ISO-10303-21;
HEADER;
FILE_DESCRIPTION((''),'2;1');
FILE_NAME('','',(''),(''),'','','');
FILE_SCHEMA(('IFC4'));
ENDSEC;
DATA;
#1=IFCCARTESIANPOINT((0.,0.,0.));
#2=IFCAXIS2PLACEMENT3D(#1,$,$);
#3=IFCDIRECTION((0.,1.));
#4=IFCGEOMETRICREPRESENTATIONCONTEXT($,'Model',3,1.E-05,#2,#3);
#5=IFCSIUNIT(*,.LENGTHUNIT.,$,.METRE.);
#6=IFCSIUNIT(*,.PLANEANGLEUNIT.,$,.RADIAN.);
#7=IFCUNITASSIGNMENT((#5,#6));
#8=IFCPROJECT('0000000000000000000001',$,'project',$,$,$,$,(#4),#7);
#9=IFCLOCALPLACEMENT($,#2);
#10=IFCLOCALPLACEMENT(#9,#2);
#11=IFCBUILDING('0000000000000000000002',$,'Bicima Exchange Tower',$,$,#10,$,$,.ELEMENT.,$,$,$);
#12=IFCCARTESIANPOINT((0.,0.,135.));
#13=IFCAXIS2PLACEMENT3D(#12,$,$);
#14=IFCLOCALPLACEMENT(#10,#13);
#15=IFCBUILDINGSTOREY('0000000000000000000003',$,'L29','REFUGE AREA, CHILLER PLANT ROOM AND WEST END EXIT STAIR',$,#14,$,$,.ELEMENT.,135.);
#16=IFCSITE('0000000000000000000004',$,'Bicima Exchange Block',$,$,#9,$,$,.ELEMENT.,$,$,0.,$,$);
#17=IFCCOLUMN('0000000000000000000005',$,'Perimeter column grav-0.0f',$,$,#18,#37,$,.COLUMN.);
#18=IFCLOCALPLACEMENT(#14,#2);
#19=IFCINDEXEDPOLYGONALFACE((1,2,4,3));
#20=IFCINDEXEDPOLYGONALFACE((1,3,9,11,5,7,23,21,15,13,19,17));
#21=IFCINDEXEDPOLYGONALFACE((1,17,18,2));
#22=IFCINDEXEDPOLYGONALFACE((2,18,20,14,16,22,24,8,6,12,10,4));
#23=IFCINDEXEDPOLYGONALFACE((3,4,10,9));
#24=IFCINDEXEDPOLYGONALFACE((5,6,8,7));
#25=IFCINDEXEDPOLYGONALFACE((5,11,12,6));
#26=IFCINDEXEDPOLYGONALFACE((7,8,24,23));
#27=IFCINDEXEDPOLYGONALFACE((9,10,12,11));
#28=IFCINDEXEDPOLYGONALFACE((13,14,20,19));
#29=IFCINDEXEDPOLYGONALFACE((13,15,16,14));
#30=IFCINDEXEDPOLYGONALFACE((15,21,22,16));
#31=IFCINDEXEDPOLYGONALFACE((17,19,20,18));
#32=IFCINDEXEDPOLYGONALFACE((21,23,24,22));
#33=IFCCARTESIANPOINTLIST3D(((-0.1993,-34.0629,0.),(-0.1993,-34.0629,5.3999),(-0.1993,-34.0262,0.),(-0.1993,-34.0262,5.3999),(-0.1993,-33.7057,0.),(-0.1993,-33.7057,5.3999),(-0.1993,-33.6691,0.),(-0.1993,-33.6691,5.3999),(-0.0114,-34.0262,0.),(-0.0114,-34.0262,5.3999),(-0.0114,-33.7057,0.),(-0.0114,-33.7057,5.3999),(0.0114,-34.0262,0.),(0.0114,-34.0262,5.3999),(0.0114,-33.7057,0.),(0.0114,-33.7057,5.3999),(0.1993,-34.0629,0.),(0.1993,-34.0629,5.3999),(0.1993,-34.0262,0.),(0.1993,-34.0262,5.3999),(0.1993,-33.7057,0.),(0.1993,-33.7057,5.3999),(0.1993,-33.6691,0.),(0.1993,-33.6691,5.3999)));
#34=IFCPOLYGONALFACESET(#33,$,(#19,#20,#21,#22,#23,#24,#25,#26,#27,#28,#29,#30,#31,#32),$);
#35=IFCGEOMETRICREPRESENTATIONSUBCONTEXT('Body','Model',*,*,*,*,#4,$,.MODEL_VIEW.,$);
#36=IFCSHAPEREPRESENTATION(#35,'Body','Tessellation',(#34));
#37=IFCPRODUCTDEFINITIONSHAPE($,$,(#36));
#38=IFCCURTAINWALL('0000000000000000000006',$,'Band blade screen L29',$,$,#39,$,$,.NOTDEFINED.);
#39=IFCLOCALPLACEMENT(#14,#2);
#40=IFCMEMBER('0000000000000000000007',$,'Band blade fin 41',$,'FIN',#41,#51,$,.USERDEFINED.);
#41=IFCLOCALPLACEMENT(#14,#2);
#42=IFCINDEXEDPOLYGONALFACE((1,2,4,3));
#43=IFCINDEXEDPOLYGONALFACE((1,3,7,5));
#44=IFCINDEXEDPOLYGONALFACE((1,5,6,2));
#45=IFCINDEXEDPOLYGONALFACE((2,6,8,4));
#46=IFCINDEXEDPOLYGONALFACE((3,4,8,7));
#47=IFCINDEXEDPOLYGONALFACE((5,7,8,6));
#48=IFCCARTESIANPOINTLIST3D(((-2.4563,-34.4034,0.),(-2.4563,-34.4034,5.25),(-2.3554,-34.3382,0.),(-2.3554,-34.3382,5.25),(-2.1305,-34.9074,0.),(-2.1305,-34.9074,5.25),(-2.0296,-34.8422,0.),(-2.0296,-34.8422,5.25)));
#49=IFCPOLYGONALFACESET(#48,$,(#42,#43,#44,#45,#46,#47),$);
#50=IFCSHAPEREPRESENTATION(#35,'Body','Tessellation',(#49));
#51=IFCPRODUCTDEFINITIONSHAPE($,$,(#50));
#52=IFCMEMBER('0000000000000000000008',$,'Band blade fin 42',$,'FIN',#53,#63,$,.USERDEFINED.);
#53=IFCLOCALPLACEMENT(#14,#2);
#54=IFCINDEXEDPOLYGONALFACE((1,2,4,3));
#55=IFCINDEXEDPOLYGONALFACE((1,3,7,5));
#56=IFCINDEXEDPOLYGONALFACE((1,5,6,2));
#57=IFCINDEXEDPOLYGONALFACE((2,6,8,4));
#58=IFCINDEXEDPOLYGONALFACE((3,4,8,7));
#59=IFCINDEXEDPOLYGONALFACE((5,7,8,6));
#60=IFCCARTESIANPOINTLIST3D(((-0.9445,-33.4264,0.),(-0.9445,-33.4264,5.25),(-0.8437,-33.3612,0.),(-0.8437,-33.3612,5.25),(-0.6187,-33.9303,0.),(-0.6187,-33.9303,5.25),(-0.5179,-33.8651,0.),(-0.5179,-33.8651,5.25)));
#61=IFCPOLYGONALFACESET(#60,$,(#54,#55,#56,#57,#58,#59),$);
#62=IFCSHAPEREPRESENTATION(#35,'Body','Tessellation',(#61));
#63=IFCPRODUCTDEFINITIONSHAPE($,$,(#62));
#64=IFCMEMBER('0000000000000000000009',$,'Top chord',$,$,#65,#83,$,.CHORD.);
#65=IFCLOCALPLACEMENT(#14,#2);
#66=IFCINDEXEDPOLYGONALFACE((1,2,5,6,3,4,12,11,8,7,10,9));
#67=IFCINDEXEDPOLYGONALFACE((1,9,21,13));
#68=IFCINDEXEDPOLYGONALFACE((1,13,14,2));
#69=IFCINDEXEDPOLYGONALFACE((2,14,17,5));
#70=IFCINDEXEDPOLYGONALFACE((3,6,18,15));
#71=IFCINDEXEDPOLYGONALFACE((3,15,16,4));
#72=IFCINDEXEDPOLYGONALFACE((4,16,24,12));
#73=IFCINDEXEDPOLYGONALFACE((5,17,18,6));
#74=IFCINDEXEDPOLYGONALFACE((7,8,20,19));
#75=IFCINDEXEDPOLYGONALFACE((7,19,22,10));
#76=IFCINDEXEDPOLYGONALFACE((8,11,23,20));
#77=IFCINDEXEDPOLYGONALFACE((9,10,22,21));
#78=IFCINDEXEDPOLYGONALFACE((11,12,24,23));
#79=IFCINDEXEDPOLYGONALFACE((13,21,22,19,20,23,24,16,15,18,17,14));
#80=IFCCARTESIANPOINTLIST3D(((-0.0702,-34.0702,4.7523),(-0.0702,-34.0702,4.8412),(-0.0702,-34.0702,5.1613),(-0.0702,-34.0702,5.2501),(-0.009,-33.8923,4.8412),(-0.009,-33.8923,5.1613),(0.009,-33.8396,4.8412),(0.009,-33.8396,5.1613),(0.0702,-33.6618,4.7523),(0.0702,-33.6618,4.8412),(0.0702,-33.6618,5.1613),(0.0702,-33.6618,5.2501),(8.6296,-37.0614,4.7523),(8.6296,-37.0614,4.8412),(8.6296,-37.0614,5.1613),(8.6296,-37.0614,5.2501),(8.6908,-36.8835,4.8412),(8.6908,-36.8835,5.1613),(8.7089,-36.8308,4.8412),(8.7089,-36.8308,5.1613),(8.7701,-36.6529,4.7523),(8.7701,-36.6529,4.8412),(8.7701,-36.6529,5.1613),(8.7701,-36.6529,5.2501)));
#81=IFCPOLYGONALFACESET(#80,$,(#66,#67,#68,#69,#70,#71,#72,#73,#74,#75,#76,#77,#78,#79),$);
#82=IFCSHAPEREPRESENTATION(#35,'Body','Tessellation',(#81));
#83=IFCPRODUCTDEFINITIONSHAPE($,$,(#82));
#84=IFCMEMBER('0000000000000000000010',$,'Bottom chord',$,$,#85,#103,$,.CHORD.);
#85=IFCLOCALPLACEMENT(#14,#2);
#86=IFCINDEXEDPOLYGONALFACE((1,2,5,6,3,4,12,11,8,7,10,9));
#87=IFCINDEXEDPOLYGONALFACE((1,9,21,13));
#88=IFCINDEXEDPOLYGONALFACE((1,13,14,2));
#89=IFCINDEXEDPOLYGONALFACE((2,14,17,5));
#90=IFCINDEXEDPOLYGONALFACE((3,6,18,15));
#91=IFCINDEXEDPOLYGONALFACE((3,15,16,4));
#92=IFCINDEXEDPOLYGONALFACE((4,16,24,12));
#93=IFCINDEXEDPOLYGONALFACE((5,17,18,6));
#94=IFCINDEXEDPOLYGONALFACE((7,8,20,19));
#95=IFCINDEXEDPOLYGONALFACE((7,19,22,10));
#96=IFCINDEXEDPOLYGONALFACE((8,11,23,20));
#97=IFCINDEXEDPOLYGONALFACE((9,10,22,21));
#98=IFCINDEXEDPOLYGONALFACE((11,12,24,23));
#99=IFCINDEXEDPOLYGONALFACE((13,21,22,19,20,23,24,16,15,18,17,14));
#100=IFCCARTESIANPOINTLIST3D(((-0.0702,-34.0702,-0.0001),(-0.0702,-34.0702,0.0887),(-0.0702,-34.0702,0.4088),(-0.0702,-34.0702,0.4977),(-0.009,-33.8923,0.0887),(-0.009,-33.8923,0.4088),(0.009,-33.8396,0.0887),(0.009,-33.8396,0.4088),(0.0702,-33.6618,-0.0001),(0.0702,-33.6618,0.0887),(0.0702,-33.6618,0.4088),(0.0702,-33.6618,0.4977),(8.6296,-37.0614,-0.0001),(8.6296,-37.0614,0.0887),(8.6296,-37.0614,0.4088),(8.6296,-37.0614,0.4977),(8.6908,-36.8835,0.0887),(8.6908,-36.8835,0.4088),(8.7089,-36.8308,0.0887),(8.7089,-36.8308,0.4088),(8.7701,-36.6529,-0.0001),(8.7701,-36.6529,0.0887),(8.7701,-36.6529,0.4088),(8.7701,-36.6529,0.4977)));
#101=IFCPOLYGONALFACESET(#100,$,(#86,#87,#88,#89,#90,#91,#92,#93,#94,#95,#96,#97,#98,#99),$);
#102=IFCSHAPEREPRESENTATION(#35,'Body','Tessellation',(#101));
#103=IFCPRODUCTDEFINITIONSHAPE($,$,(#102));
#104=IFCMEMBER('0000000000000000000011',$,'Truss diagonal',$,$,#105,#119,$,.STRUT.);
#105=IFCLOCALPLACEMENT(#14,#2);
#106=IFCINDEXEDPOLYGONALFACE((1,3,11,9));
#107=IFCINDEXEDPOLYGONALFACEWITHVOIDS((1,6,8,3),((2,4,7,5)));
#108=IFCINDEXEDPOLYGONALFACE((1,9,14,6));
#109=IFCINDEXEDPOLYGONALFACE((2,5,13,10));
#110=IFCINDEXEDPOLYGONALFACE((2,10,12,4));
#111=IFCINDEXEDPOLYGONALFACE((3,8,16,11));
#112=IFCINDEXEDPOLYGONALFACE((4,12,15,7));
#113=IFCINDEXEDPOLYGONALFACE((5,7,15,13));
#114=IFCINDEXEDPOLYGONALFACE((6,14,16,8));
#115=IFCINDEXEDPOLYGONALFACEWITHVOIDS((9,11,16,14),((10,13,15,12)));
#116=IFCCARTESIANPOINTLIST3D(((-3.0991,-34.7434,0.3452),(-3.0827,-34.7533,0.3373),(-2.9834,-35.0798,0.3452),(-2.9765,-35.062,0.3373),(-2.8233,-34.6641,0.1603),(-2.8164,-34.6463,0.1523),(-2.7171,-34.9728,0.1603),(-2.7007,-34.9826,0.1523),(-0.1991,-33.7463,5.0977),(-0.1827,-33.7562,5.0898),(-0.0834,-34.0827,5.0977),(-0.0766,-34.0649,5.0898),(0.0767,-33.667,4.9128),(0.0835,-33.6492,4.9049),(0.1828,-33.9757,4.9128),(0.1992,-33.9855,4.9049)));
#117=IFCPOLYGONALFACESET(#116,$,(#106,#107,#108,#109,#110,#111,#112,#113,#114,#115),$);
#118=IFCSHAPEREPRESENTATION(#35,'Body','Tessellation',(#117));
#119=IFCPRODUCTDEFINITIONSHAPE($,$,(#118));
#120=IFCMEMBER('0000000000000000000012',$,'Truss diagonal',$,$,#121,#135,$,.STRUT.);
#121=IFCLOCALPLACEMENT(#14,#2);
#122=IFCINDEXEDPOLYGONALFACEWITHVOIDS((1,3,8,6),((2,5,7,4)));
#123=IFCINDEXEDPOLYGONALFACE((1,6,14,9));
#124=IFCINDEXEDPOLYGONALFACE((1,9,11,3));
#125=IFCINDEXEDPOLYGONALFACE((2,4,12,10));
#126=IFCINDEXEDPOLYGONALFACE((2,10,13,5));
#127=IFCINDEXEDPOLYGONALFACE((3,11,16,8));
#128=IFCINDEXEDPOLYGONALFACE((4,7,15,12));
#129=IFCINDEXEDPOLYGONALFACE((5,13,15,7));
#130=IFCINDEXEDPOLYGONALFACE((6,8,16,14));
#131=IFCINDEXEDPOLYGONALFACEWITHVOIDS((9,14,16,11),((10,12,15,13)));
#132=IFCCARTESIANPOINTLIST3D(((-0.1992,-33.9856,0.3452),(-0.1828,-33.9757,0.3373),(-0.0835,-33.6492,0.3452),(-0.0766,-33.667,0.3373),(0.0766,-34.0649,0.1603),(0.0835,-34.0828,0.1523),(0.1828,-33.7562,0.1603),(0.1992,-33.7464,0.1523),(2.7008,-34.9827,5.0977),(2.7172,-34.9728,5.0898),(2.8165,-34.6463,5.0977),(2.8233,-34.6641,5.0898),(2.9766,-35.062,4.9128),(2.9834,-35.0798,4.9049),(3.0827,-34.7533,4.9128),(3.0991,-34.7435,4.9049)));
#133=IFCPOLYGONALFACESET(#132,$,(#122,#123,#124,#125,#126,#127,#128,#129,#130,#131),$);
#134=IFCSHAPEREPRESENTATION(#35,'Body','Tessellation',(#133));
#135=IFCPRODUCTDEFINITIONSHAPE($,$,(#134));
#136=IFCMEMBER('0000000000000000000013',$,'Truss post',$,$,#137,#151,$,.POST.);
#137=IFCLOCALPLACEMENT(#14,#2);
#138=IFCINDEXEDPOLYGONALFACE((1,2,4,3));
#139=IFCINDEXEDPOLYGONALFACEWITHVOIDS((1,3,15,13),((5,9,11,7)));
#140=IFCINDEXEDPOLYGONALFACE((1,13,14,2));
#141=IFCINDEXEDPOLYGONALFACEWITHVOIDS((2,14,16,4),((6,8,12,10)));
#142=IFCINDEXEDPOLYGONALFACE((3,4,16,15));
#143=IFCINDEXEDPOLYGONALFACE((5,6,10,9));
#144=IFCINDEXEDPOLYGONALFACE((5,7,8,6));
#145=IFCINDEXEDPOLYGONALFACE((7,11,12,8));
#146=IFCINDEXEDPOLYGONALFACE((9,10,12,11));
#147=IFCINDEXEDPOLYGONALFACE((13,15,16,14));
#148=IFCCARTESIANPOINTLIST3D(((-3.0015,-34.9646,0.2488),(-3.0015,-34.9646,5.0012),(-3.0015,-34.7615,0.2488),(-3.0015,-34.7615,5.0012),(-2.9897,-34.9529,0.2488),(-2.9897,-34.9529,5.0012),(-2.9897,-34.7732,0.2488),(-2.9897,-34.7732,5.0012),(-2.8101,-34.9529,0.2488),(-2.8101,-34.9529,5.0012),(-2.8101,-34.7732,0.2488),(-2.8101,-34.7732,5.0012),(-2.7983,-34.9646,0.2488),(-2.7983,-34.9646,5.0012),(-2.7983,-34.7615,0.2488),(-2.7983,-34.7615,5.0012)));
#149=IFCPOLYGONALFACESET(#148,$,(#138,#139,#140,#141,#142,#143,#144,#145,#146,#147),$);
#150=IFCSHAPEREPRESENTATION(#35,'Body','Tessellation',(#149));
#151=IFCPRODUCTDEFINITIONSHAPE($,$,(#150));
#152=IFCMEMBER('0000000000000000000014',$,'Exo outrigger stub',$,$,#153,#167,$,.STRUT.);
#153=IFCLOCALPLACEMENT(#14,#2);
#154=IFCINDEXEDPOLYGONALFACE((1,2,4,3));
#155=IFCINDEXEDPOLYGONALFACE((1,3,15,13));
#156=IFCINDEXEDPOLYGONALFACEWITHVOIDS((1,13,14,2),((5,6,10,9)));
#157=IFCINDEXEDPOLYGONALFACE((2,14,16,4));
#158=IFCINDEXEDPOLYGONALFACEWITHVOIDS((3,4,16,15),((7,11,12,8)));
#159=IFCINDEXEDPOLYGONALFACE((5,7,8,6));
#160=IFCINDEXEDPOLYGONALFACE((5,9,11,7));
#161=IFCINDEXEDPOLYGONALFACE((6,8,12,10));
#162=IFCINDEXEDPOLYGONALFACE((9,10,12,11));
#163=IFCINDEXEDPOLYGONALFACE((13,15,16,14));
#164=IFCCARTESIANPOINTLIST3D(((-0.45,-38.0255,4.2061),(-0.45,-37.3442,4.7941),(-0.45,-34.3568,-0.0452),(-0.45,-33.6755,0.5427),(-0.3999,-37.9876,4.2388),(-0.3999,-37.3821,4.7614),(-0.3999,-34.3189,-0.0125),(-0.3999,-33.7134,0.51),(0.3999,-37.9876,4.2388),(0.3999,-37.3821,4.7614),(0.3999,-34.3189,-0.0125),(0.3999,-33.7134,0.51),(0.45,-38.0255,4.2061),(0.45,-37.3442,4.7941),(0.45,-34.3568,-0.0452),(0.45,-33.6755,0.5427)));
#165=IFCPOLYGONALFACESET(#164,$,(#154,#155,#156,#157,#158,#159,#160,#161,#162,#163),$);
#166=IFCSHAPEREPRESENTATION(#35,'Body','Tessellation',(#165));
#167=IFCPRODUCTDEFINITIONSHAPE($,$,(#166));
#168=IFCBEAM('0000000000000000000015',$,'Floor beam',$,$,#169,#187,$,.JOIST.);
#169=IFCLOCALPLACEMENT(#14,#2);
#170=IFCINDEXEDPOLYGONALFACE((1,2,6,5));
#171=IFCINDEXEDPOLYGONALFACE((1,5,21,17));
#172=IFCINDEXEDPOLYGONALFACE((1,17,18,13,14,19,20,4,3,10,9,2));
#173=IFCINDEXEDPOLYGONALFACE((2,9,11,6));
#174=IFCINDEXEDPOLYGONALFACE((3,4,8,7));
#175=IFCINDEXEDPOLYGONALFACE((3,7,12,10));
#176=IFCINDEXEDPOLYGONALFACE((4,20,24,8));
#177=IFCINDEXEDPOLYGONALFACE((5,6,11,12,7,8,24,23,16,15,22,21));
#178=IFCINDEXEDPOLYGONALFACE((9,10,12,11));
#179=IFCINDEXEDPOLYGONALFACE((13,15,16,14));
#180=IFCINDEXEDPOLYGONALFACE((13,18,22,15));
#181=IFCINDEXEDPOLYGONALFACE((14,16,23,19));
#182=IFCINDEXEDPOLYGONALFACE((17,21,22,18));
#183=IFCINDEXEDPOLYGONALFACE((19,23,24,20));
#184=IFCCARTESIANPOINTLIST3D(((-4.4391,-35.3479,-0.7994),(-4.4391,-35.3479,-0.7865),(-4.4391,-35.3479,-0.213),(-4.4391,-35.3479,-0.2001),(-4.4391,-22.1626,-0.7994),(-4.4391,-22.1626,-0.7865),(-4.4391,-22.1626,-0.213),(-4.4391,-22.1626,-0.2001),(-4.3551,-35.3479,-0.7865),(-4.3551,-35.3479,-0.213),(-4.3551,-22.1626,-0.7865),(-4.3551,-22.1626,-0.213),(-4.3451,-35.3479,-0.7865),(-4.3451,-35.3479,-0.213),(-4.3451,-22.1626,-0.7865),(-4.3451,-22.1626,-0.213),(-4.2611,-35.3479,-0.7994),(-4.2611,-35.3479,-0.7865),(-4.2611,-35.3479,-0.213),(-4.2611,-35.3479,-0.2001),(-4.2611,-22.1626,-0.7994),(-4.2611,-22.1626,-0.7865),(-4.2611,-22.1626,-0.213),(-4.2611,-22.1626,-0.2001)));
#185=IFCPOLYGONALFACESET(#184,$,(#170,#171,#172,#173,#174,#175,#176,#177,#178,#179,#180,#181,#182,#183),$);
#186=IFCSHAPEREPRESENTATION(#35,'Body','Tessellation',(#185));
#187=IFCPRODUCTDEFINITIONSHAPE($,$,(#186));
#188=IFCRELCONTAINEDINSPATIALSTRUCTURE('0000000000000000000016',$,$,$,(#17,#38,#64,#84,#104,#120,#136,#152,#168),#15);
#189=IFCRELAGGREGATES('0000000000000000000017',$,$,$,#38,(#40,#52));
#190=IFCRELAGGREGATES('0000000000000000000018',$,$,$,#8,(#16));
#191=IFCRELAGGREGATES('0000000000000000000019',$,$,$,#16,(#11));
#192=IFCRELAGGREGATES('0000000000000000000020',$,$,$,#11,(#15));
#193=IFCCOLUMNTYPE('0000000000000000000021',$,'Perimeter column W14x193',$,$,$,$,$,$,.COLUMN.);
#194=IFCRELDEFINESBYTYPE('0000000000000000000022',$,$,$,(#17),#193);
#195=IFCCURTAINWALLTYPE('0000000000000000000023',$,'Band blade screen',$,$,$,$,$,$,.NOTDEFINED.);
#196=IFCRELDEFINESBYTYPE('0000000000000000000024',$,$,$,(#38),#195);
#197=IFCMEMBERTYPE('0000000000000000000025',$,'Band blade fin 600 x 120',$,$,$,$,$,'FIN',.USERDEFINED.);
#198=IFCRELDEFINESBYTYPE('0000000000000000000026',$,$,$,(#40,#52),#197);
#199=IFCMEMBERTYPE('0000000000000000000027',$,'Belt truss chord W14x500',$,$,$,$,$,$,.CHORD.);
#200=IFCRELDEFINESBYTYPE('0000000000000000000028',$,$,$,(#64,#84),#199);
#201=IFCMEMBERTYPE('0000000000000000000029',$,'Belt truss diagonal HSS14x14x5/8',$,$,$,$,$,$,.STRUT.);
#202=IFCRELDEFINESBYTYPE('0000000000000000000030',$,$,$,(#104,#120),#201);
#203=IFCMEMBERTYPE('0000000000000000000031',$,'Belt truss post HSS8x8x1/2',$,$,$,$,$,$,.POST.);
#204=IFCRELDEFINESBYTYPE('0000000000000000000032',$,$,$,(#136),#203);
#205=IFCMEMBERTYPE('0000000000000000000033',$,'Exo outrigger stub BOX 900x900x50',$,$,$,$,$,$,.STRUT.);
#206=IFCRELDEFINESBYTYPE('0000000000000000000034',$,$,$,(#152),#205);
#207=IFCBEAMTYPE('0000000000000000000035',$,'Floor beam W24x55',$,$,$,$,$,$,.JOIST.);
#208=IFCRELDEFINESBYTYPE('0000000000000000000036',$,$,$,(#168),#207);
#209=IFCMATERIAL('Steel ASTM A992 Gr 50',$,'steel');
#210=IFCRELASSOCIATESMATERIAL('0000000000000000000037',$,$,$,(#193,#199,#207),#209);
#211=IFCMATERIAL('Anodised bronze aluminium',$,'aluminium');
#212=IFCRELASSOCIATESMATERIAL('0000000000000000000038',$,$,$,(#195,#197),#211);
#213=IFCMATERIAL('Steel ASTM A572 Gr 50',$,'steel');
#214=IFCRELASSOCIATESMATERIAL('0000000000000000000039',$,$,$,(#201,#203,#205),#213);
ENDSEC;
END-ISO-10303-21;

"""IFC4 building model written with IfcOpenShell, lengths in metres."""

from ifc_helpers import new_model, si_unit, direction, frame, origin, origin_2d, place, context, subcontext, project, spatial, rectangle, hollow_rectangle, i_section, extrude, material, material_profile, profile_set, type_object, element, aggregate, save


model = new_model("IFC4")

# Units and contexts
model_context = context("Model", 3, precision=1e-05, world=origin(), true_north=direction((0.0, 1.0)))
body_context = subcontext(model_context, "Body", "Model", "MODEL_VIEW")
ifc_project = project(units=[si_unit("LENGTHUNIT", "METRE"), si_unit("PLANEANGLEUNIT", "RADIAN")], contexts=[model_context])

# Site, building, storey
site_placement = place(None, origin())
site = spatial("IfcSite", under=ifc_project, at=site_placement, Name="Bicima Exchange Block", CompositionType="ELEMENT", RefElevation=0.0)
building_placement = place(site_placement, origin())
building = spatial("IfcBuilding", under=site, at=building_placement, Name="Bicima Exchange Tower", CompositionType="ELEMENT")
storey_placement = place(building_placement, frame((0.0, 0.0, 135.0)))
storey = spatial("IfcBuildingStorey", under=building, at=storey_placement, Name="L29", Description="REFUGE AREA, CHILLER PLANT ROOM AND WEST END EXIT STAIR", CompositionType="ELEMENT", Elevation=135.0)

# Column
ifc_material_1 = material(Name="Steel ASTM A992 Gr 50", Category="steel")
ifc_material_profile_1 = material_profile(ifc_material_1, i_section(OverallWidth=0.3987, OverallDepth=0.3938, WebThickness=0.0227, FlangeThickness=0.0366, at=origin_2d()))
ifc_profile_set_1 = profile_set([ifc_material_profile_1], Name="Steel ASTM A992 Gr 50")
column_type = type_object("IfcColumnType", Name="Perimeter column W14x193", PredefinedType="COLUMN", material=ifc_profile_set_1)
column_placement = place(storey_placement, frame((0.0, -33.866, 0.0), z_axis=(0.0, 0.0, 1.0), x_axis=(1.0, 0.0, 0.0)))
element("IfcColumn", 1, at=column_placement, inside=storey, type_object=column_type, Name="Perimeter column grav-0.0f", PredefinedType="COLUMN", context=body_context, shape_type="SweptSolid", body=[
    extrude(i_section(OverallWidth=0.3987, OverallDepth=0.3938, WebThickness=0.0227, FlangeThickness=0.0366, at=origin_2d()), origin(), (0.0, 0.0, 1.0), 5.3999),
])

# Curtain wall, members
ifc_material_2 = material(Name="Anodised bronze aluminium", Category="aluminium")
curtain_wall_type = type_object("IfcCurtainWallType", Name="Band blade screen", PredefinedType="NOTDEFINED", material=ifc_material_2)
curtain_wall_placement = place(storey_placement, origin())
curtain_wall = element("IfcCurtainWall", 2, at=curtain_wall_placement, inside=storey, type_object=curtain_wall_type, Name="Band blade screen L29", PredefinedType="NOTDEFINED")
ifc_material_profile_2 = material_profile(ifc_material_2, rectangle(XDim=0.6001, YDim=0.1201, at=origin_2d()))
ifc_profile_set_2 = profile_set([ifc_material_profile_2], Name="Anodised bronze aluminium")
member_type_1 = type_object("IfcMemberType", Name="Band blade fin 600 x 120", ElementType="FIN", PredefinedType="USERDEFINED", material=ifc_profile_set_2)
member_1_placement = place(storey_placement, frame((-2.2429, -34.6228, 0.0), z_axis=(0.0, 0.0, 1.0), x_axis=(-0.542909, 0.839791, 0.0)))
member_1 = element("IfcMember", 3, at=member_1_placement, type_object=member_type_1, Name="Band blade fin 41", ObjectType="FIN", PredefinedType="USERDEFINED", context=body_context, shape_type="SweptSolid", body=[
    extrude(rectangle(XDim=0.6001, YDim=0.1201, at=origin_2d()), origin(), (0.0, 0.0, 1.0), 5.25),
])
member_2_placement = place(storey_placement, frame((-0.7312, -33.6458, 0.0), z_axis=(0.0, 0.0, 1.0), x_axis=(-0.542909, 0.839791, 0.0)))
member_2 = element("IfcMember", 4, at=member_2_placement, type_object=member_type_1, Name="Band blade fin 42", ObjectType="FIN", PredefinedType="USERDEFINED", context=body_context, shape_type="SweptSolid", body=[
    extrude(rectangle(XDim=0.6001, YDim=0.1201, at=origin_2d()), origin(), (0.0, 0.0, 1.0), 5.25),
])
aggregate(curtain_wall, [member_1, member_2])

# Members
ifc_material_profile_3 = material_profile(ifc_material_1, i_section(OverallWidth=0.4319, OverallDepth=0.4978, WebThickness=0.0557, FlangeThickness=0.0889, at=origin_2d()))
ifc_profile_set_3 = profile_set([ifc_material_profile_3], Name="Steel ASTM A992 Gr 50")
member_type_2 = type_object("IfcMemberType", Name="Belt truss chord W14x500", PredefinedType="CHORD", material=ifc_profile_set_3)
for number, where, z_axis, x_axis, name in (
    (5, (0.0, -33.866, 5.0012), (0.945666, -0.325138, 0.0), (0.325138, 0.945666, 0.0), "Top chord"),
    (6, (0.0, -33.866, 0.2488), (0.945666, -0.325138, 0.0), (0.325138, 0.945666, 0.0), "Bottom chord"),
):
    element("IfcMember", number, at=place(storey_placement, frame(where, z_axis=z_axis, x_axis=x_axis)), inside=storey, type_object=member_type_2, Name=name, PredefinedType="CHORD", context=body_context, shape_type="SweptSolid", body=[
        extrude(i_section(OverallWidth=0.4319, OverallDepth=0.4978, WebThickness=0.0557, FlangeThickness=0.0889, at=origin_2d()), origin(), (0.0, 0.0, 1.0), 9.1997),
    ])
ifc_material_3 = material(Name="Steel ASTM A572 Gr 50", Category="steel")
ifc_material_profile_4 = material_profile(ifc_material_3, hollow_rectangle(XDim=0.3557, YDim=0.3557, WallThickness=0.0146, at=origin_2d()))
ifc_profile_set_4 = profile_set([ifc_material_profile_4], Name="Steel ASTM A572 Gr 50")
member_type_3 = type_object("IfcMemberType", Name="Belt truss diagonal HSS14x14x5/8", PredefinedType="STRUT", material=ifc_profile_set_4)
for number, where, z_axis, x_axis, name in (
    (7, (-2.8999, -34.863, 0.2488), (0.512721, 0.176288, 0.840262), (-0.325147, 0.945664, 0.0), "Truss diagonal"),
    (8, (0.0, -33.866, 0.2488), (0.512721, -0.176288, 0.840262), (0.325147, 0.945664, 0.0), "Truss diagonal"),
):
    element("IfcMember", number, at=place(storey_placement, frame(where, z_axis=z_axis, x_axis=x_axis)), inside=storey, type_object=member_type_3, Name=name, PredefinedType="STRUT", context=body_context, shape_type="SweptSolid", body=[
        extrude(hollow_rectangle(XDim=0.3557, YDim=0.3557, WallThickness=0.0146, at=origin_2d()), origin(), (0.0, 0.0, 1.0), 5.656),
    ])
ifc_material_profile_5 = material_profile(ifc_material_3, hollow_rectangle(XDim=0.2031, YDim=0.2031, WallThickness=0.0117, at=origin_2d()))
ifc_profile_set_5 = profile_set([ifc_material_profile_5], Name="Steel ASTM A572 Gr 50")
member_type_4 = type_object("IfcMemberType", Name="Belt truss post HSS8x8x1/2", PredefinedType="POST", material=ifc_profile_set_5)
member_3_placement = place(storey_placement, frame((-2.8999, -34.863, 0.2488), z_axis=(0.0, 0.0, 1.0), x_axis=(1.0, 0.0, 0.0)))
element("IfcMember", 9, at=member_3_placement, inside=storey, type_object=member_type_4, Name="Truss post", PredefinedType="POST", context=body_context, shape_type="SweptSolid", body=[
    extrude(hollow_rectangle(XDim=0.2031, YDim=0.2031, WallThickness=0.0117, at=origin_2d()), origin(), (0.0, 0.0, 1.0), 4.7524),
])
ifc_material_profile_6 = material_profile(ifc_material_3, hollow_rectangle(XDim=0.8999, YDim=0.8999, WallThickness=0.05, at=origin_2d()))
ifc_profile_set_6 = profile_set([ifc_material_profile_6], Name="Steel ASTM A572 Gr 50")
member_type_5 = type_object("IfcMemberType", Name="Exo outrigger stub BOX 900x900x50", PredefinedType="STRUT", material=ifc_profile_set_6)
member_4_placement = place(storey_placement, frame((0.0, -34.0161, 0.2488), z_axis=(0.0, -0.653333, 0.75707), x_axis=(1.0, 0.0, 0.0)))
element("IfcMember", 10, at=member_4_placement, inside=storey, type_object=member_type_5, Name="Exo outrigger stub", PredefinedType="STRUT", context=body_context, shape_type="SweptSolid", body=[
    extrude(hollow_rectangle(XDim=0.8999, YDim=0.8999, WallThickness=0.05, at=origin_2d()), origin(), (0.0, 0.0, 1.0), 5.6155),
])

# Beam
ifc_material_profile_7 = material_profile(ifc_material_1, i_section(OverallWidth=0.178, OverallDepth=0.5994, WebThickness=0.01, FlangeThickness=0.0129, at=origin_2d()))
ifc_profile_set_7 = profile_set([ifc_material_profile_7], Name="Steel ASTM A992 Gr 50")
beam_type_1 = type_object("IfcBeamType", Name="Floor beam W24x55", PredefinedType="JOIST", material=ifc_profile_set_7)
beam_1_placement = place(storey_placement, frame((-4.3501, -22.1626, -0.4998), z_axis=(0.0, -1.0, 0.0), x_axis=(1.0, 0.0, 0.0)))
element("IfcBeam", 11, at=beam_1_placement, inside=storey, type_object=beam_type_1, Name="Floor beam", PredefinedType="JOIST", context=body_context, shape_type="SweptSolid", body=[
    extrude(i_section(OverallWidth=0.178, OverallDepth=0.5994, WebThickness=0.01, FlangeThickness=0.0129, at=origin_2d()), origin(), (0.0, 0.0, 1.0), 13.1853),
])

save(model, "model.ifc")
